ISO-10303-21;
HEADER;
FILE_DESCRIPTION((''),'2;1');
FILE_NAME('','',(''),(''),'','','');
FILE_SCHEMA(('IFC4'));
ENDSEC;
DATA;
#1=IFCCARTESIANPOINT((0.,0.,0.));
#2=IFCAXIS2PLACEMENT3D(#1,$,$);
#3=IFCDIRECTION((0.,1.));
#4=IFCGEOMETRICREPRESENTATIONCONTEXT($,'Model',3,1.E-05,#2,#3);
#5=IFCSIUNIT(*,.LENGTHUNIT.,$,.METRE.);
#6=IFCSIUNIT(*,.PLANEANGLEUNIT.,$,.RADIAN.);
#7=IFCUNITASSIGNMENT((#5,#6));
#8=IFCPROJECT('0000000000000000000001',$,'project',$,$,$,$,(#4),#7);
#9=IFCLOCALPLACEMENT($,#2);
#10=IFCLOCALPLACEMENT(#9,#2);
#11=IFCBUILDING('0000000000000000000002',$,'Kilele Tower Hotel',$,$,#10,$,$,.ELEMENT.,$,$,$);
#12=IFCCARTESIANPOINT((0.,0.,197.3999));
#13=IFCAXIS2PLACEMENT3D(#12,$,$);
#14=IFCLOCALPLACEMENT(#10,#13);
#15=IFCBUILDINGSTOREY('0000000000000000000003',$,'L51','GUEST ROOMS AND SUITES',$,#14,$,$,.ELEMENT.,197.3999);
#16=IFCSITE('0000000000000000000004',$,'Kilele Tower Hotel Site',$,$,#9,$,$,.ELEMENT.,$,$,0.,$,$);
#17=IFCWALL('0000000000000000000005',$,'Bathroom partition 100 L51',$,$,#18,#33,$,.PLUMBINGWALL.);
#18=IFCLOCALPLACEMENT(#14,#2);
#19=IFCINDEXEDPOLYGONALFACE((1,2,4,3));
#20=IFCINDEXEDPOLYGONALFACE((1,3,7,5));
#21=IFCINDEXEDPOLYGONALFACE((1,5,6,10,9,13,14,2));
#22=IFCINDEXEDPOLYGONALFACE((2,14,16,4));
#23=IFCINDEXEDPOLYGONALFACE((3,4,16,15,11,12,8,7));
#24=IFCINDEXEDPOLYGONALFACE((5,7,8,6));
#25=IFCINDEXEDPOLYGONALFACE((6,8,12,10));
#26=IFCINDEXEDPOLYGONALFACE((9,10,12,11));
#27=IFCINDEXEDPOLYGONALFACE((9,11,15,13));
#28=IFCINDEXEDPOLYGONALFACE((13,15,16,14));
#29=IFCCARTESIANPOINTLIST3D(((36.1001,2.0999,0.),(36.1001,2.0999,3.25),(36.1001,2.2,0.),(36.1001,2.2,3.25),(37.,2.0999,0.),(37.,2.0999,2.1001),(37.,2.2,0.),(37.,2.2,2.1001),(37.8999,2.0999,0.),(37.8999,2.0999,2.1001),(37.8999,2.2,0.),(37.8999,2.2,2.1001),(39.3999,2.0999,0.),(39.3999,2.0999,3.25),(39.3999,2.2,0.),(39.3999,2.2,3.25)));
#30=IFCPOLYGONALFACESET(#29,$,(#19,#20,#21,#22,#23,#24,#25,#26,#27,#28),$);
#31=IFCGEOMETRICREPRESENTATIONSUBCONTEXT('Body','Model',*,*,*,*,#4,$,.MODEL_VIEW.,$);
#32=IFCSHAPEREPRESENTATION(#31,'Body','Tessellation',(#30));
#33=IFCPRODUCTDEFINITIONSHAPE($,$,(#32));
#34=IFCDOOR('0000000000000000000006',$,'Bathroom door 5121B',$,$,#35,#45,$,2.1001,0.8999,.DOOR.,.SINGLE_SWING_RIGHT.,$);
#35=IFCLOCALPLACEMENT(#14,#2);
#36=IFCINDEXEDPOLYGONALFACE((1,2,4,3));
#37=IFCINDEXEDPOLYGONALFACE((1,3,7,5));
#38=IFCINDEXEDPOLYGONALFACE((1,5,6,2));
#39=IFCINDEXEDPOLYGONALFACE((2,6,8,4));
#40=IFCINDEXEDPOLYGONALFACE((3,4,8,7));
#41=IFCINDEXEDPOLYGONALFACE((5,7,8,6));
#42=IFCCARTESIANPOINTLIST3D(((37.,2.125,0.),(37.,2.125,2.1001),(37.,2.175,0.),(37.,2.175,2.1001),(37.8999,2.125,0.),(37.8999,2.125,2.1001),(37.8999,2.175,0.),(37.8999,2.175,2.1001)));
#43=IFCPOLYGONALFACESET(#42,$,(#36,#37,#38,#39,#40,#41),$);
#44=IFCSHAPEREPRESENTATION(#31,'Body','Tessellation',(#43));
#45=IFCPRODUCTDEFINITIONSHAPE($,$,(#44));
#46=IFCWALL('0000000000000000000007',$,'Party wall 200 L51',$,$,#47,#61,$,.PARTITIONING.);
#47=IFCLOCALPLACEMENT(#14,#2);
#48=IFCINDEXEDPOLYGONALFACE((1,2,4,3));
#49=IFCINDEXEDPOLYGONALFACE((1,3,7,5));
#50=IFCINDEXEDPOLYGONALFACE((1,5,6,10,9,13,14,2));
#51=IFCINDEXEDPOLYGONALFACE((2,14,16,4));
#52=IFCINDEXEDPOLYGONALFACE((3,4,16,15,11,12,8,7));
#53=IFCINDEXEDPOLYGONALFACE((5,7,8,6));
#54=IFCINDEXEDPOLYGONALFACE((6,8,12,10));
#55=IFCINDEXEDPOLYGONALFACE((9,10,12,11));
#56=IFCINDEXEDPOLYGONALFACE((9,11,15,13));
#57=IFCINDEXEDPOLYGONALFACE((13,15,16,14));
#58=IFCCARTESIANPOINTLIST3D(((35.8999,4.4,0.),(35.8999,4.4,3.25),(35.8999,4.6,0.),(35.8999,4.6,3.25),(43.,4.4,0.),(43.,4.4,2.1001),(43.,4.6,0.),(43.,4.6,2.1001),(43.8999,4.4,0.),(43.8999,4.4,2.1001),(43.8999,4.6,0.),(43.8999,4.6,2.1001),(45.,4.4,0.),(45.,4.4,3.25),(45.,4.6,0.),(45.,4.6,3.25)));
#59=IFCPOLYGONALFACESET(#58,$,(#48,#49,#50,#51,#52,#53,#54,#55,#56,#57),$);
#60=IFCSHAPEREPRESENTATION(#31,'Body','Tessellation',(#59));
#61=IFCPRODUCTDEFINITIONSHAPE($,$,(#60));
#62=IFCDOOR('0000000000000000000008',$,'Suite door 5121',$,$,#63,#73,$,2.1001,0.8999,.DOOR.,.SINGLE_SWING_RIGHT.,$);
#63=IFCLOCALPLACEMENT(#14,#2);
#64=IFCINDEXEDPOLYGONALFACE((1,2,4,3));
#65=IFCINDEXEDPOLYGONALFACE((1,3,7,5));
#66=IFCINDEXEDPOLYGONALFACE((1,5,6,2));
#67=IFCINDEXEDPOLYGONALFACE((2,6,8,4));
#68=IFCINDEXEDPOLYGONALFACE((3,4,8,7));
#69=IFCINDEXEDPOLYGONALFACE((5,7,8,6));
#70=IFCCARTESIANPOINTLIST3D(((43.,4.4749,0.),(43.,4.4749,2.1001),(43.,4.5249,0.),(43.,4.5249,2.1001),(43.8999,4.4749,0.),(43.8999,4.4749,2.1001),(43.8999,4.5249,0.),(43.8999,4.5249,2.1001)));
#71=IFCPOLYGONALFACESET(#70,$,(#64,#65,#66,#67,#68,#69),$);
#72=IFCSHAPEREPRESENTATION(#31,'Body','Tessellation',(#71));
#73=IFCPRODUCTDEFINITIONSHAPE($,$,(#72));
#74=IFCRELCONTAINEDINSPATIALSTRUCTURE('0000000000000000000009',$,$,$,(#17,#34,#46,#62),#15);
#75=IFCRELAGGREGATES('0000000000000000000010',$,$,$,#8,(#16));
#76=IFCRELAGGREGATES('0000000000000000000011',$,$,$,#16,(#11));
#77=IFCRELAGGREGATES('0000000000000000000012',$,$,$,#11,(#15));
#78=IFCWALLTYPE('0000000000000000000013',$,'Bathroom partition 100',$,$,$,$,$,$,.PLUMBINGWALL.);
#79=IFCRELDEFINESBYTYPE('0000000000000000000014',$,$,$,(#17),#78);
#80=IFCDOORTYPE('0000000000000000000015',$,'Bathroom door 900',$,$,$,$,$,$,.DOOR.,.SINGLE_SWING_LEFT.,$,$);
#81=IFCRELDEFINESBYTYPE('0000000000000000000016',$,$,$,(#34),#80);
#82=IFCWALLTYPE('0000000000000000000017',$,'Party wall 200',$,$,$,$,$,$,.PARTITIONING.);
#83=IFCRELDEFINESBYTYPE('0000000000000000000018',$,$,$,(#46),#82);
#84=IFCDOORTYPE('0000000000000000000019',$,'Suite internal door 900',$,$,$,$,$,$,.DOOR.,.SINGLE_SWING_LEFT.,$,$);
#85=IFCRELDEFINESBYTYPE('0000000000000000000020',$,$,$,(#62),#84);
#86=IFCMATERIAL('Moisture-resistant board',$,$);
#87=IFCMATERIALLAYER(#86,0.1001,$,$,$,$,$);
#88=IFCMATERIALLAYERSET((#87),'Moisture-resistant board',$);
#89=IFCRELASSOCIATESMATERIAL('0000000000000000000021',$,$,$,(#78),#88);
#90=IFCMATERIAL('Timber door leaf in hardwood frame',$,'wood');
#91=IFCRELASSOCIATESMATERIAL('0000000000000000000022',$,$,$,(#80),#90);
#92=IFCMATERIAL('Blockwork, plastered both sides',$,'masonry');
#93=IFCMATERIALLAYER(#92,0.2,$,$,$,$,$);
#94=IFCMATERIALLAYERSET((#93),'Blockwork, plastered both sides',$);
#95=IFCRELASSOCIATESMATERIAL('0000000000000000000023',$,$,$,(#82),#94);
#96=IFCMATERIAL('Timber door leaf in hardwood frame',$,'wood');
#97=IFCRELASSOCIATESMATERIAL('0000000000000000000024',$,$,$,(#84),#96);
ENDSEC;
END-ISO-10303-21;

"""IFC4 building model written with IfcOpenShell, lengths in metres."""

from ifc_helpers import new_model, si_unit, direction, frame, frame_2d, origin, place, context, subcontext, project, spatial, rectangle, extrude, material, layer, layer_set, type_object, element, fill, save


model = new_model("IFC4")

# Units and contexts
model_context = context("Model", 3, precision=1e-05, world=origin(), true_north=direction((0.0, 1.0)))
body_context = subcontext(model_context, "Body", "Model", "MODEL_VIEW")
ifc_project = project(units=[si_unit("LENGTHUNIT", "METRE"), si_unit("PLANEANGLEUNIT", "RADIAN")], contexts=[model_context])

# Site, building, storey
site_placement = place(None, origin())
site = spatial("IfcSite", under=ifc_project, at=site_placement, Name="Kilele Tower Hotel Site", CompositionType="ELEMENT", RefElevation=0.0)
building_placement = place(site_placement, origin())
building = spatial("IfcBuilding", under=site, at=building_placement, Name="Kilele Tower Hotel", CompositionType="ELEMENT")
storey_placement = place(building_placement, frame((0.0, 0.0, 197.3999)))
storey = spatial("IfcBuildingStorey", under=building, at=storey_placement, Name="L51", Description="GUEST ROOMS AND SUITES", CompositionType="ELEMENT", Elevation=197.3999)

# Shared definitions
ifc_material_1 = material(Name="Moisture-resistant board")
ifc_layer_1 = layer(ifc_material_1, 0.1001)
ifc_layer_set_1 = layer_set([ifc_layer_1], Name="Moisture-resistant board")
wall_type_1 = type_object("IfcWallType", Name="Bathroom partition 100", PredefinedType="PLUMBINGWALL", material=ifc_layer_set_1)

# Walls, openings, doors
ifc_material_2 = material(Name="Timber door leaf in hardwood frame", Category="wood")
door_type_1 = type_object("IfcDoorType", Name="Bathroom door 900", OperationType="SINGLE_SWING_LEFT", PredefinedType="DOOR", material=ifc_material_2)
wall_1_placement = place(storey_placement, frame((36.1001, 2.1499, 0.0), z_axis=(0.0, 0.0, 1.0), x_axis=(1.0, 0.0, 0.0)))
wall_1 = element("IfcWall", 1, at=wall_1_placement, inside=storey, type_object=wall_type_1, Name="Bathroom partition 100 L51", PredefinedType="PLUMBINGWALL", context=body_context, shape_type="SweptSolid", body=[
    extrude(rectangle(XDim=3.2998, YDim=0.1001, at=frame_2d((1.6499, 0.0))), origin(), (0.0, 0.0, 1.0), 3.25),
])
opening_1_placement = place(wall_1_placement, frame((1.7998, 0.0, 0.0), z_axis=(0.0, 0.0, 1.0), x_axis=(-1.0, 0.0, 0.0)))
opening_1 = element("IfcOpeningElement", 2, at=opening_1_placement, cuts=wall_1, PredefinedType="OPENING", context=body_context, shape_type="SweptSolid", body=[
    extrude(rectangle(XDim=0.8999, YDim=2.1001, at=frame_2d((0.45, 1.05))), frame((0.0, 0.0601, 0.0), z_axis=(0.0, -1.0, 0.0), x_axis=(1.0, 0.0, 0.0)), (0.0, 0.0, 1.0), 0.1201),
])
door_1_placement = place(opening_1_placement, origin())
door_1 = element("IfcDoor", 3, at=door_1_placement, inside=storey, type_object=door_type_1, Name="Bathroom door 5121B", OperationType="SINGLE_SWING_RIGHT", OverallHeight=2.1001, OverallWidth=0.8999, PredefinedType="DOOR", context=body_context, shape_type="SweptSolid", body=[
    extrude(rectangle(XDim=0.8999, YDim=2.1001, at=frame_2d((0.45, 1.05))), frame((0.0, 0.0249, 0.0), z_axis=(0.0, -1.0, 0.0), x_axis=(1.0, 0.0, 0.0)), (0.0, 0.0, 1.0), 0.05),
])
fill(opening_1, door_1)
ifc_material_3 = material(Name="Blockwork, plastered both sides", Category="masonry")
ifc_layer_2 = layer(ifc_material_3, 0.2)
ifc_layer_set_2 = layer_set([ifc_layer_2], Name="Blockwork, plastered both sides")
wall_type_2 = type_object("IfcWallType", Name="Party wall 200", PredefinedType="PARTITIONING", material=ifc_layer_set_2)
wall_2_placement = place(storey_placement, frame((35.8999, 4.5, 0.0), z_axis=(0.0, 0.0, 1.0), x_axis=(1.0, 0.0, 0.0)))
wall_2 = element("IfcWall", 4, at=wall_2_placement, inside=storey, type_object=wall_type_2, Name="Party wall 200 L51", PredefinedType="PARTITIONING", context=body_context, shape_type="SweptSolid", body=[
    extrude(rectangle(XDim=9.1001, YDim=0.2, at=frame_2d((4.55, 0.0))), origin(), (0.0, 0.0, 1.0), 3.25),
])
opening_2_placement = place(wall_2_placement, frame((7.1001, 0.0, 0.0)))
opening_2 = element("IfcOpeningElement", 5, at=opening_2_placement, cuts=wall_2, PredefinedType="OPENING", context=body_context, shape_type="SweptSolid", body=[
    extrude(rectangle(XDim=0.8999, YDim=2.1001, at=frame_2d((0.45, 1.05))), frame((0.0, 0.1099, 0.0), z_axis=(0.0, -1.0, 0.0), x_axis=(1.0, 0.0, 0.0)), (0.0, 0.0, 1.0), 0.22),
])
ifc_material_4 = material(Name="Timber door leaf in hardwood frame", Category="wood")
door_type_2 = type_object("IfcDoorType", Name="Suite internal door 900", OperationType="SINGLE_SWING_LEFT", PredefinedType="DOOR", material=ifc_material_4)
door_2_placement = place(opening_2_placement, origin())
door_2 = element("IfcDoor", 6, at=door_2_placement, inside=storey, type_object=door_type_2, Name="Suite door 5121", OperationType="SINGLE_SWING_RIGHT", OverallHeight=2.1001, OverallWidth=0.8999, PredefinedType="DOOR", context=body_context, shape_type="SweptSolid", body=[
    extrude(rectangle(XDim=0.8999, YDim=2.1001, at=frame_2d((0.45, 1.05))), frame((0.0, 0.0249, 0.0), z_axis=(0.0, -1.0, 0.0), x_axis=(1.0, 0.0, 0.0)), (0.0, 0.0, 1.0), 0.05),
])
fill(opening_2, door_2)

save(model, "model.ifc")
